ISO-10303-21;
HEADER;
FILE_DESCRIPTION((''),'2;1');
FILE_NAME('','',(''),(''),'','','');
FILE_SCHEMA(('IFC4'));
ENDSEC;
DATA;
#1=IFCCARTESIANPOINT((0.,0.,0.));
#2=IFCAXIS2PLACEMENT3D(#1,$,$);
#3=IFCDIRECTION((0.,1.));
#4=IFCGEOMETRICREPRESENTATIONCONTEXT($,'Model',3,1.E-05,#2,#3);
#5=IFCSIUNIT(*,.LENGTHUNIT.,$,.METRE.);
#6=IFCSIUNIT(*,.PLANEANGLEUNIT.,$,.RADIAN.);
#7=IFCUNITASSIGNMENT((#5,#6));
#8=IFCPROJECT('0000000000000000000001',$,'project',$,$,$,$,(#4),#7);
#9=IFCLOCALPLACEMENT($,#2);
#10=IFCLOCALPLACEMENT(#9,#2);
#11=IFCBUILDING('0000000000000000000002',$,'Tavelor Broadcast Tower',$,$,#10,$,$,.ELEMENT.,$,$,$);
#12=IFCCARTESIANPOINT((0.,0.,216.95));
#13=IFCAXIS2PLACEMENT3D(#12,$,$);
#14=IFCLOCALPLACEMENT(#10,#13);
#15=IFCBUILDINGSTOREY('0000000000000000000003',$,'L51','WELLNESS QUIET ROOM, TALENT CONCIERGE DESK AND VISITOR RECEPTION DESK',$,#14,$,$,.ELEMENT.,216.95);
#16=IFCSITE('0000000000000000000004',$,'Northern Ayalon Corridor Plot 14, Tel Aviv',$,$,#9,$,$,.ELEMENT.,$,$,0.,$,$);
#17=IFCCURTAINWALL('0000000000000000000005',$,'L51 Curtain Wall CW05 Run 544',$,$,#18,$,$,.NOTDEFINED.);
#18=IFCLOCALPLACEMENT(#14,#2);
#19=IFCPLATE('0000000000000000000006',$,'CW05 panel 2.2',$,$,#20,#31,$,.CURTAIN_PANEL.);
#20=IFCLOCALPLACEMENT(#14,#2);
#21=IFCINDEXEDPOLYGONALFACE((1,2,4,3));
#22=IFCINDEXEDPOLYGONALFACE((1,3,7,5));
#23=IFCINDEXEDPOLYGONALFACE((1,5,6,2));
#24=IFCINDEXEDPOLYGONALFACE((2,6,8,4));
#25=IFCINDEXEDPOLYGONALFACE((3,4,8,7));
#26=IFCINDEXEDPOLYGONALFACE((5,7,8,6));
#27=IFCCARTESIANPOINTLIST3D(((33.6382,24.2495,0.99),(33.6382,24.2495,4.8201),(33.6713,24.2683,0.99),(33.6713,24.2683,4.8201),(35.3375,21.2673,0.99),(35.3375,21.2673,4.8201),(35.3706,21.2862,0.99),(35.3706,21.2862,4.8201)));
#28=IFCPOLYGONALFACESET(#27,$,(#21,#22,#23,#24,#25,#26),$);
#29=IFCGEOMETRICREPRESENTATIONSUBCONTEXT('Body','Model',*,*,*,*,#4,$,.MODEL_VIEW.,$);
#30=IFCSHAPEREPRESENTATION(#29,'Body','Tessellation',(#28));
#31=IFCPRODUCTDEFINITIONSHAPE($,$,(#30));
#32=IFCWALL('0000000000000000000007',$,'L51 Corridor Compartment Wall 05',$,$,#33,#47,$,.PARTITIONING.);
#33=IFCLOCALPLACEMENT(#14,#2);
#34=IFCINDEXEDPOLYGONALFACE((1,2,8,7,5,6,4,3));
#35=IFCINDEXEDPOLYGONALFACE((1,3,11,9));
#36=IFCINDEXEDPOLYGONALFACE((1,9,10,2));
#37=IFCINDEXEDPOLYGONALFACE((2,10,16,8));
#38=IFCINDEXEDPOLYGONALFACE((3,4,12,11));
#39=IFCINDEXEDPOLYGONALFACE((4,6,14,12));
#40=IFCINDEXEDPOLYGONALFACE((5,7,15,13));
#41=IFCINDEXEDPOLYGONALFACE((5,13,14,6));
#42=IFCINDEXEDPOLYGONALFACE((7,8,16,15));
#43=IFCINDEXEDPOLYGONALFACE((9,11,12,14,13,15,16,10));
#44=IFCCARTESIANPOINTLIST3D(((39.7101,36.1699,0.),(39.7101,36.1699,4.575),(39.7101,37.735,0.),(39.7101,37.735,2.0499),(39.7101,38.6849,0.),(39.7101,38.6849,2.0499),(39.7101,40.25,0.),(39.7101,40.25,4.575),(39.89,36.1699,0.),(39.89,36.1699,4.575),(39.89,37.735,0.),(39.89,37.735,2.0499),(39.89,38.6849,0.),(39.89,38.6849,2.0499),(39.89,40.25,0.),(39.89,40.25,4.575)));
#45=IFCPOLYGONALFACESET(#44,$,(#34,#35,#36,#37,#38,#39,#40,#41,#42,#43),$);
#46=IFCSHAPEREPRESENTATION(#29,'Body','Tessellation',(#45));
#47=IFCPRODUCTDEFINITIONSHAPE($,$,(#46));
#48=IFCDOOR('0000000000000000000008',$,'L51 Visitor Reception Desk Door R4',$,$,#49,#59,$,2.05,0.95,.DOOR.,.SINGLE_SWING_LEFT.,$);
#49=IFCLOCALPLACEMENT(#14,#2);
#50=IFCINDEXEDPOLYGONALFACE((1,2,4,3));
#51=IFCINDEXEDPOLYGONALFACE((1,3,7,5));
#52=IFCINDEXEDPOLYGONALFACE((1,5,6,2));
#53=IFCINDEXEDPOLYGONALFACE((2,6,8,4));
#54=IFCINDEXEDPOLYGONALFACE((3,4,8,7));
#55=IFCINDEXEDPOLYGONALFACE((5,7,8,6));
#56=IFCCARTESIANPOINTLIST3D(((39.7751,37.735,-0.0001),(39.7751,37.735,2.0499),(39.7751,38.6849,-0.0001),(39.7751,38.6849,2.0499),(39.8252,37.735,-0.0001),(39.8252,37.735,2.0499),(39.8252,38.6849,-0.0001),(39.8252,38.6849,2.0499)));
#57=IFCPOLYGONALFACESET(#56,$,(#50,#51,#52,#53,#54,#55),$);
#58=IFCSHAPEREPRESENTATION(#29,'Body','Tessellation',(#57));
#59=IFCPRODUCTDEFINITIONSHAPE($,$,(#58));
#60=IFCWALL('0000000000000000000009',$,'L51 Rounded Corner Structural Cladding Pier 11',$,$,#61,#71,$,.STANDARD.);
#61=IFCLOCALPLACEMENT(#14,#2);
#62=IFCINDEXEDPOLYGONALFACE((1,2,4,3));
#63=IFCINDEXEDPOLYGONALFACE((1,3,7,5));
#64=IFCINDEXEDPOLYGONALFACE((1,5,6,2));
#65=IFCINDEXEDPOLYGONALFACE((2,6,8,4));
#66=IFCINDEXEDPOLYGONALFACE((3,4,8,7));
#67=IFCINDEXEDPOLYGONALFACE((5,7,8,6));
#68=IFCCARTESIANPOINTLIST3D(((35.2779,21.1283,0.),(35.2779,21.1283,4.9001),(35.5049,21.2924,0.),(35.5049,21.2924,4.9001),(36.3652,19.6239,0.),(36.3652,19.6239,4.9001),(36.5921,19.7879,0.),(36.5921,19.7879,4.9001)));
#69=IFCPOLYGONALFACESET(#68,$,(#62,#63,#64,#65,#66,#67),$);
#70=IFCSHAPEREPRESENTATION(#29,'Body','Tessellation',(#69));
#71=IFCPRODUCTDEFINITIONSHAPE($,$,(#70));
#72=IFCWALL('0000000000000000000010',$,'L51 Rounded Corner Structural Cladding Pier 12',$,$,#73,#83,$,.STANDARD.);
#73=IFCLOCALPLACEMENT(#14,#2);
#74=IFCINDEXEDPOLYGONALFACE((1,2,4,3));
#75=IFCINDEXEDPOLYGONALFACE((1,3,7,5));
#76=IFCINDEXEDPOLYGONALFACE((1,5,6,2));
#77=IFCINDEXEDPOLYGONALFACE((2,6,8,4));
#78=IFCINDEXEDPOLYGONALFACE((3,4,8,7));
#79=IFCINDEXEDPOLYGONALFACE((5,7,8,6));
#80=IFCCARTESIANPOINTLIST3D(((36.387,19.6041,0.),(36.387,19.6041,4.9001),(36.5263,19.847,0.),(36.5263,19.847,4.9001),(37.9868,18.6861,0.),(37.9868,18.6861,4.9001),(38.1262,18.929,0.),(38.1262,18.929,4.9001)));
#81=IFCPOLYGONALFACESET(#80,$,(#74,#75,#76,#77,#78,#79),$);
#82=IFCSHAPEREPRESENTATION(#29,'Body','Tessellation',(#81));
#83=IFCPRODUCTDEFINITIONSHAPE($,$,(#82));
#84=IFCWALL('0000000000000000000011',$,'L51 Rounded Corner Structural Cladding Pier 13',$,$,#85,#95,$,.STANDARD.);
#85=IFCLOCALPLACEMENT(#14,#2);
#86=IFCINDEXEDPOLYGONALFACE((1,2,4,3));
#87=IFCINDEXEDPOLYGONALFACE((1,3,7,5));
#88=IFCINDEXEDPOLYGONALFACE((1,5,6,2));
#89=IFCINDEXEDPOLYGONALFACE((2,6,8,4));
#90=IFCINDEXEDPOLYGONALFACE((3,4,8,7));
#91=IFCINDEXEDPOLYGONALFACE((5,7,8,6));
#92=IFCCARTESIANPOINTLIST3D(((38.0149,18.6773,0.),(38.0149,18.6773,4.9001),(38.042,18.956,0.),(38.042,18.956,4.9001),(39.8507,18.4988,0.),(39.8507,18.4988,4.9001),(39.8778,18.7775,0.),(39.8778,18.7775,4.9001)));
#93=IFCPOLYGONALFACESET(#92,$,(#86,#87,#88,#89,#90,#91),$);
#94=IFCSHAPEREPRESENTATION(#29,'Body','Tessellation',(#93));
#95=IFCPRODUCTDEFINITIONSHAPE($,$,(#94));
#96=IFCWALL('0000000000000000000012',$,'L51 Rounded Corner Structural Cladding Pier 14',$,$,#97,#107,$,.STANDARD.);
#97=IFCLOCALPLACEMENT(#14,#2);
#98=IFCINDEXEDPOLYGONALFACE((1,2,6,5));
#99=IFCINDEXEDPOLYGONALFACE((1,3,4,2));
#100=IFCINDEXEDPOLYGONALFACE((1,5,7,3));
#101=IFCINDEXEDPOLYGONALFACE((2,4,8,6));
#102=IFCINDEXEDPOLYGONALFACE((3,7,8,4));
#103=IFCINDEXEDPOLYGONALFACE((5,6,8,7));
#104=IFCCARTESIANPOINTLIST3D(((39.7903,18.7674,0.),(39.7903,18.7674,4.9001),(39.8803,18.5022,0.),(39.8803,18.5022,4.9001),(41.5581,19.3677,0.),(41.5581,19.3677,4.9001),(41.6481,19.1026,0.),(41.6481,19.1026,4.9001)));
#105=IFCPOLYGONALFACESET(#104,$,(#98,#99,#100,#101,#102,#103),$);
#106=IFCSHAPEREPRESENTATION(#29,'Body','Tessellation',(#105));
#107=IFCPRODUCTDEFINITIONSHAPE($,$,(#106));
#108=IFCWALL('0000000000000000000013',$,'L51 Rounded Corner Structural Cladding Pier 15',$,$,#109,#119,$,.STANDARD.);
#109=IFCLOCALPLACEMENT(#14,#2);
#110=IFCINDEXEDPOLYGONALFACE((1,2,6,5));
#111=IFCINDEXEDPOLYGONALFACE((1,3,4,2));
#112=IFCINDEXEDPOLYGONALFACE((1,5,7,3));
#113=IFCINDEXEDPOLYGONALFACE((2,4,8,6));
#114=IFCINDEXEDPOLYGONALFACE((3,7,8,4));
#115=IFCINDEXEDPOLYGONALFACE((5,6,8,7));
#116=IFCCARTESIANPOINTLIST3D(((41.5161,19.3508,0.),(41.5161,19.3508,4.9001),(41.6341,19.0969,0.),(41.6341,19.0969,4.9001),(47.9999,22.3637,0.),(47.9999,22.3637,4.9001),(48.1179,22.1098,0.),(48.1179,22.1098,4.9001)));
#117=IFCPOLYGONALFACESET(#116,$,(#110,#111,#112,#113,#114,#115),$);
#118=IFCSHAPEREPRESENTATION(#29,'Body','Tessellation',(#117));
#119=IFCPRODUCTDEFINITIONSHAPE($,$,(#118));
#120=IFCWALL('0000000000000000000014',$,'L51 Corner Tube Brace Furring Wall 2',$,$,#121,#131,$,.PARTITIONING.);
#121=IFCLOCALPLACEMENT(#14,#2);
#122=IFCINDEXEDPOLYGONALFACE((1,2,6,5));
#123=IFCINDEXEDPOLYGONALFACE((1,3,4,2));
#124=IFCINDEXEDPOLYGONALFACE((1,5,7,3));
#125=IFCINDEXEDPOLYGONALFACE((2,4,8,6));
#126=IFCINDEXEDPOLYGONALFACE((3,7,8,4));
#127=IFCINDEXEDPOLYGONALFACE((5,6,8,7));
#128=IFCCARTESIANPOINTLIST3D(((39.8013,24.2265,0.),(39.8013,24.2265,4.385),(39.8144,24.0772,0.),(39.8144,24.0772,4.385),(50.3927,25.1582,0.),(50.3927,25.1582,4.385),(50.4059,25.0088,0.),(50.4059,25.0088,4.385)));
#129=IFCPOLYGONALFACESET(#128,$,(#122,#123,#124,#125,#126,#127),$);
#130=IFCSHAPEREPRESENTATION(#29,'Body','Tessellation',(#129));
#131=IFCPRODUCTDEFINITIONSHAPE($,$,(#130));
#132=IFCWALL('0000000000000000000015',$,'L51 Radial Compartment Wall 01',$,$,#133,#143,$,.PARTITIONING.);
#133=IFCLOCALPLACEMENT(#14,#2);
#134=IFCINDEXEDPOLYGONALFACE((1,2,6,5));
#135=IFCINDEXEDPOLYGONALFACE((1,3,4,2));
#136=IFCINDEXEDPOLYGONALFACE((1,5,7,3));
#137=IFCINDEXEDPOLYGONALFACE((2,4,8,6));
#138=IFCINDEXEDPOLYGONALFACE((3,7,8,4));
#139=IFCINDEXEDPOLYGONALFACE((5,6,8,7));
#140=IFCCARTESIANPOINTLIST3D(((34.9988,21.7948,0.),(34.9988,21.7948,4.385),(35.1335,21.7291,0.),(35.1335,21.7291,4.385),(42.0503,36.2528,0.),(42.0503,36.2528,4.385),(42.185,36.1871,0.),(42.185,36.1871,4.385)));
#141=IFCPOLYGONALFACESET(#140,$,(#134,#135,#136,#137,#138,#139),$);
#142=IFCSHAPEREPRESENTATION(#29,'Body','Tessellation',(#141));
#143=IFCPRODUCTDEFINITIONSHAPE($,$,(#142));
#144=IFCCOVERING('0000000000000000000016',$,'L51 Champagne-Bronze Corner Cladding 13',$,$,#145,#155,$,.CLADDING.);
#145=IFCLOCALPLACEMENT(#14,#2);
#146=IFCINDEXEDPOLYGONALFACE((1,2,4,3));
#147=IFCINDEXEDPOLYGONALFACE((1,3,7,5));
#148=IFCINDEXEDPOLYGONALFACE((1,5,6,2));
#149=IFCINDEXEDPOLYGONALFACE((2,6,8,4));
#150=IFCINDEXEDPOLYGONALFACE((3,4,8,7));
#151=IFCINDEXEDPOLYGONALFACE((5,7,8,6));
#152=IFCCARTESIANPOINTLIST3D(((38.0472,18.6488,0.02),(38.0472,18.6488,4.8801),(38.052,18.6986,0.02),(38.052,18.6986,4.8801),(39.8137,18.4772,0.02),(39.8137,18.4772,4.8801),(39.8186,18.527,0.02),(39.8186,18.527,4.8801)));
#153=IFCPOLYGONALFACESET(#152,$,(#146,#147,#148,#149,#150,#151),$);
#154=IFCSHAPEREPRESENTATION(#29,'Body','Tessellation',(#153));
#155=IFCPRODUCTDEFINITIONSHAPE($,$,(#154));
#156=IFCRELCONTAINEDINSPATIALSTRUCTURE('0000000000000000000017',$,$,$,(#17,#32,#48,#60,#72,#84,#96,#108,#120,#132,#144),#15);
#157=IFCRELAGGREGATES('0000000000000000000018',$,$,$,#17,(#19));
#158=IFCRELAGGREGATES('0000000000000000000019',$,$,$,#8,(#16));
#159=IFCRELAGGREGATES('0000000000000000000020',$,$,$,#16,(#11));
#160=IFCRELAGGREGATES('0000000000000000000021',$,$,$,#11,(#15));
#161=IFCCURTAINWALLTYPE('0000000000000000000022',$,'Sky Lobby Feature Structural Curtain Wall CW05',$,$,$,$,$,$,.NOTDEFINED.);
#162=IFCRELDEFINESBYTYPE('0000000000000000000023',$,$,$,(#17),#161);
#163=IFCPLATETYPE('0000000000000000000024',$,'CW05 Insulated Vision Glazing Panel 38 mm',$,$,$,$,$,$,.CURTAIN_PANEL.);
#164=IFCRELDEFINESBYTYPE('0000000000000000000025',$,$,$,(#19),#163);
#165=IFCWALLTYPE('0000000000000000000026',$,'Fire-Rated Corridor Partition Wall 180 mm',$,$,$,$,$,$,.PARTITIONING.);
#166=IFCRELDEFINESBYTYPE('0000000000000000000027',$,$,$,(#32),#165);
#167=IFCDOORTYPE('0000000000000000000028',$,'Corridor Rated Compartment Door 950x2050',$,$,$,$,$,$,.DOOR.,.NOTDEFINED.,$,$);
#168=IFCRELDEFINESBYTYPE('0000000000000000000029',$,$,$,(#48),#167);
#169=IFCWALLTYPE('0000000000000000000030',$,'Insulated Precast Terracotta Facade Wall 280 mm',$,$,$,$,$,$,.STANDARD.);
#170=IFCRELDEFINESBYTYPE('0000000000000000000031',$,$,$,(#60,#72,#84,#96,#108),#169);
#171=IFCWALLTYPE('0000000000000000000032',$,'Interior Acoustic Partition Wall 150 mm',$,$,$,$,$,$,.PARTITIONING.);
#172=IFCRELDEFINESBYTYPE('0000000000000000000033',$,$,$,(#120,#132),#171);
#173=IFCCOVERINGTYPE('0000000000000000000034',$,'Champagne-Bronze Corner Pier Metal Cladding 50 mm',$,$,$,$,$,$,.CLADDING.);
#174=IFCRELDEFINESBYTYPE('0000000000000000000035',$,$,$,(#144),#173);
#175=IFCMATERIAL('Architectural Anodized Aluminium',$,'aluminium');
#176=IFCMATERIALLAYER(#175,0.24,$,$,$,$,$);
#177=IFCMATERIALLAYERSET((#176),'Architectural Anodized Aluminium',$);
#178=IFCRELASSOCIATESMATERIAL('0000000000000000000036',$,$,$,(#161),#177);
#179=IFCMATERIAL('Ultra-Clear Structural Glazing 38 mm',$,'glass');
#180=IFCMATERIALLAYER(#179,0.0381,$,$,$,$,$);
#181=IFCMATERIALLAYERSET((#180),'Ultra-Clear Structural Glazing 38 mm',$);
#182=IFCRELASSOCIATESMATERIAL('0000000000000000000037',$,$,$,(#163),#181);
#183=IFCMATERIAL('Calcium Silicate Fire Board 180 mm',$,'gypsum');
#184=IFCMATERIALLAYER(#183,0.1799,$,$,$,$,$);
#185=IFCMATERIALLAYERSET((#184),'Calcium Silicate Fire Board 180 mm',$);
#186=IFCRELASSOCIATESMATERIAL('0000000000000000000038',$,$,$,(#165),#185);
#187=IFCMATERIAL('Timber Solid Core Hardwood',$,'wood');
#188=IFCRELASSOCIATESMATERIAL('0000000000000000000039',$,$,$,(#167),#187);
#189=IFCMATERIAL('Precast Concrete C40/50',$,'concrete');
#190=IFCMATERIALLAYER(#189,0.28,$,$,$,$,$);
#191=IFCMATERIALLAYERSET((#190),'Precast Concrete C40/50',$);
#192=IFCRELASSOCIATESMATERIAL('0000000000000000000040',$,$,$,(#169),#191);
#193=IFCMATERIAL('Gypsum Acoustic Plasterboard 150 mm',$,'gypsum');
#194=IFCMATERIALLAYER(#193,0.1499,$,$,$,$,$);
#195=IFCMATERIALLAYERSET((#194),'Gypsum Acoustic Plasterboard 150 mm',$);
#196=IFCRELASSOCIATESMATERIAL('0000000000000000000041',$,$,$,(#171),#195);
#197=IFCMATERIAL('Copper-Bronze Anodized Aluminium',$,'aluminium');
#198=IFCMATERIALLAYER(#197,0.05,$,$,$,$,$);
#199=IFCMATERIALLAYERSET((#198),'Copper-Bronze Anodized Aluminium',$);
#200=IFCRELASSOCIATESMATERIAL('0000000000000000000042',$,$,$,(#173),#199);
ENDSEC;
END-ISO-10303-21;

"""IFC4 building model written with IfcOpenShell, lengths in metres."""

from ifc_helpers import new_model, si_unit, direction, frame, frame_2d, origin, origin_2d, place, context, subcontext, project, spatial, rectangle, extrude, source, transform, mapped, material, layer, layer_set, type_object, element, fill, aggregate, save


model = new_model("IFC4")

# Units and contexts
model_context = context("Model", 3, precision=1e-05, world=origin(), true_north=direction((0.0, 1.0)))
body_context = subcontext(model_context, "Body", "Model", "MODEL_VIEW")
ifc_project = project(units=[si_unit("LENGTHUNIT", "METRE"), si_unit("PLANEANGLEUNIT", "RADIAN")], contexts=[model_context])

# Site, building, storey
site_placement = place(None, origin())
site = spatial("IfcSite", under=ifc_project, at=site_placement, Name="Northern Ayalon Corridor Plot 14, Tel Aviv", CompositionType="ELEMENT", RefElevation=0.0)
building_placement = place(site_placement, origin())
building = spatial("IfcBuilding", under=site, at=building_placement, Name="Tavelor Broadcast Tower", CompositionType="ELEMENT")
storey_placement = place(building_placement, frame((0.0, 0.0, 216.95)))
storey = spatial("IfcBuildingStorey", under=building, at=storey_placement, Name="L51", Description="WELLNESS QUIET ROOM, TALENT CONCIERGE DESK AND VISITOR RECEPTION DESK", CompositionType="ELEMENT", Elevation=216.95)

# Curtain wall
ifc_material_1 = material(Name="Architectural Anodized Aluminium", Category="aluminium")
ifc_layer_1 = layer(ifc_material_1, 0.24)
ifc_layer_set_1 = layer_set([ifc_layer_1], Name="Architectural Anodized Aluminium")
curtain_wall_type = type_object("IfcCurtainWallType", Name="Sky Lobby Feature Structural Curtain Wall CW05", PredefinedType="NOTDEFINED", material=ifc_layer_set_1)
curtain_wall_placement = place(storey_placement, origin())
curtain_wall = element("IfcCurtainWall", 1, at=curtain_wall_placement, inside=storey, type_object=curtain_wall_type, Name="L51 Curtain Wall CW05 Run 544", PredefinedType="NOTDEFINED")

# Plate
ifc_material_2 = material(Name="Ultra-Clear Structural Glazing 38 mm", Category="glass")
ifc_layer_2 = layer(ifc_material_2, 0.0381)
ifc_layer_set_2 = layer_set([ifc_layer_2], Name="Ultra-Clear Structural Glazing 38 mm")
plate_type_1 = type_object("IfcPlateType", Name="CW05 Insulated Vision Glazing Panel 38 mm", PredefinedType="CURTAIN_PANEL", material=ifc_layer_set_2)
shared_shape_1 = source(origin(), body_context, "Body", "SweptSolid", [
    extrude(rectangle(XDim=3.4324, YDim=0.0381, at=origin_2d()), origin(), (0.0, 0.0, 1.0), 3.8301),
])
plate_1_placement = place(storey_placement, frame((34.5044, 22.7678, 0.99), z_axis=(0.0, 0.0, 1.0), x_axis=(0.495102, -0.868835, 0.0)))
plate_1 = element("IfcPlate", 2, at=plate_1_placement, type_object=plate_type_1, Name="CW05 panel 2.2", PredefinedType="CURTAIN_PANEL", context=body_context, shape_type="MappedRepresentation", body=[
    mapped(shared_shape_1, transform((0.0, 0.0, 0.0), scale=1.0)),
])
aggregate(curtain_wall, [plate_1])

# Wall, opening, door
ifc_material_3 = material(Name="Calcium Silicate Fire Board 180 mm", Category="gypsum")
ifc_layer_3 = layer(ifc_material_3, 0.1799)
ifc_layer_set_3 = layer_set([ifc_layer_3], Name="Calcium Silicate Fire Board 180 mm")
wall_type_1 = type_object("IfcWallType", Name="Fire-Rated Corridor Partition Wall 180 mm", PredefinedType="PARTITIONING", material=ifc_layer_set_3)
wall_1_placement = place(storey_placement, frame((39.8, 36.1699, 0.0), z_axis=(0.0, 0.0, 1.0), x_axis=(0.0, 1.0, 0.0)))
wall_1 = element("IfcWall", 3, at=wall_1_placement, inside=storey, type_object=wall_type_1, Name="L51 Corridor Compartment Wall 05", PredefinedType="PARTITIONING", context=body_context, shape_type="SweptSolid", body=[
    extrude(rectangle(XDim=4.0801, YDim=0.1799, at=frame_2d((2.04, 0.0))), origin(), (0.0, 0.0, 1.0), 4.575),
])
opening_placement = place(wall_1_placement, frame((1.5649, 0.0, 0.0)))
opening = element("IfcOpeningElement", 4, at=opening_placement, cuts=wall_1, PredefinedType="OPENING", context=body_context, shape_type="SweptSolid", body=[
    extrude(rectangle(XDim=0.95, YDim=2.05, at=frame_2d((0.4751, 1.0249))), frame((0.0, 0.1001, 0.0), z_axis=(0.0, -1.0, 0.0), x_axis=(1.0, 0.0, 0.0)), (0.0, 0.0, 1.0), 0.2),
])
ifc_material_4 = material(Name="Timber Solid Core Hardwood", Category="wood")
door_type = type_object("IfcDoorType", Name="Corridor Rated Compartment Door 950x2050", OperationType="NOTDEFINED", PredefinedType="DOOR", material=ifc_material_4)
door_placement = place(opening_placement, origin())
door = element("IfcDoor", 5, at=door_placement, inside=storey, type_object=door_type, Name="L51 Visitor Reception Desk Door R4", OperationType="SINGLE_SWING_LEFT", OverallHeight=2.05, OverallWidth=0.95, PredefinedType="DOOR", context=body_context, shape_type="SweptSolid", body=[
    extrude(rectangle(XDim=0.95, YDim=2.05, at=frame_2d((0.4751, 1.0249))), frame((0.0, 0.0249, 0.0), z_axis=(0.0, -1.0, 0.0), x_axis=(1.0, 0.0, 0.0)), (0.0, 0.0, 1.0), 0.05),
])
fill(opening, door)

# Walls
ifc_material_5 = material(Name="Precast Concrete C40/50", Category="concrete")
ifc_layer_4 = layer(ifc_material_5, 0.28)
ifc_layer_set_4 = layer_set([ifc_layer_4], Name="Precast Concrete C40/50")
wall_type_2 = type_object("IfcWallType", Name="Insulated Precast Terracotta Facade Wall 280 mm", PredefinedType="STANDARD", material=ifc_layer_set_4)
wall_2_placement = place(storey_placement, frame((35.3914, 21.2104, 0.0), z_axis=(0.0, 0.0, 1.0), x_axis=(0.585721, -0.810513, 0.0)))
element("IfcWall", 6, at=wall_2_placement, inside=storey, type_object=wall_type_2, Name="L51 Rounded Corner Structural Cladding Pier 11", PredefinedType="STANDARD", context=body_context, shape_type="SweptSolid", body=[
    extrude(rectangle(XDim=1.8562, YDim=0.28, at=frame_2d((0.9282, 0.0))), origin(), (0.0, 0.0, 1.0), 4.9001),
])
for number, where, z_axis, x_axis, name in (
    (7, (36.4565, 19.7256, 0.0), (0.0, 0.0, 1.0), (0.867362, -0.497678, 0.0), "L51 Rounded Corner Structural Cladding Pier 12"),
    (8, (38.0283, 18.8167, 0.0), (0.0, 0.0, 1.0), (0.995309, -0.096751, 0.0), "L51 Rounded Corner Structural Cladding Pier 13"),
):
    element("IfcWall", number, at=place(storey_placement, frame(where, z_axis=z_axis, x_axis=x_axis)), inside=storey, type_object=wall_type_2, Name=name, PredefinedType="STANDARD", context=body_context, shape_type="SweptSolid", body=[
        extrude(rectangle(XDim=1.8445, YDim=0.28, at=frame_2d((0.9224, 0.0))), origin(), (0.0, 0.0, 1.0), 4.9001),
    ])
wall_3_placement = place(storey_placement, frame((39.8352, 18.6348, 0.0), z_axis=(0.0, 0.0, 1.0), x_axis=(0.94689, 0.321558, 0.0)))
element("IfcWall", 9, at=wall_3_placement, inside=storey, type_object=wall_type_2, Name="L51 Rounded Corner Structural Cladding Pier 14", PredefinedType="STANDARD", context=body_context, shape_type="SweptSolid", body=[
    extrude(rectangle(XDim=1.8669, YDim=0.28, at=frame_2d((0.9336, 0.0))), origin(), (0.0, 0.0, 1.0), 4.9001),
])
wall_4_placement = place(storey_placement, frame((41.5752, 19.2239, 0.0), z_axis=(0.0, 0.0, 1.0), x_axis=(0.906872, 0.421406, 0.0)))
element("IfcWall", 10, at=wall_4_placement, inside=storey, type_object=wall_type_2, Name="L51 Rounded Corner Structural Cladding Pier 15", PredefinedType="STANDARD", context=body_context, shape_type="SweptSolid", body=[
    extrude(rectangle(XDim=7.1497, YDim=0.28, at=frame_2d((3.5747, 0.0))), origin(), (0.0, 0.0, 1.0), 4.9001),
])
ifc_material_6 = material(Name="Gypsum Acoustic Plasterboard 150 mm", Category="gypsum")
ifc_layer_5 = layer(ifc_material_6, 0.1499)
ifc_layer_set_5 = layer_set([ifc_layer_5], Name="Gypsum Acoustic Plasterboard 150 mm")
wall_type_3 = type_object("IfcWallType", Name="Interior Acoustic Partition Wall 150 mm", PredefinedType="PARTITIONING", material=ifc_layer_set_5)
wall_5_placement = place(storey_placement, frame((39.8079, 24.1519, 0.0), z_axis=(0.0, 0.0, 1.0), x_axis=(0.996154, 0.087624, 0.0)))
element("IfcWall", 11, at=wall_5_placement, inside=storey, type_object=wall_type_3, Name="L51 Corner Tube Brace Furring Wall 2", PredefinedType="PARTITIONING", context=body_context, shape_type="SweptSolid", body=[
    extrude(rectangle(XDim=10.6323, YDim=0.1499, at=frame_2d((5.3162, 0.0))), origin(), (0.0, 0.0, 1.0), 4.385),
])
wall_6_placement = place(storey_placement, frame((42.1177, 36.22, 0.0), z_axis=(0.0, 0.0, 1.0), x_axis=(-0.438365, -0.898797, 0.0)))
element("IfcWall", 12, at=wall_6_placement, inside=storey, type_object=wall_type_3, Name="L51 Radial Compartment Wall 01", PredefinedType="PARTITIONING", context=body_context, shape_type="SweptSolid", body=[
    extrude(rectangle(XDim=16.0859, YDim=0.1499, at=frame_2d((8.043, 0.0))), origin(), (0.0, 0.0, 1.0), 4.385),
])

# Covering
ifc_material_7 = material(Name="Copper-Bronze Anodized Aluminium", Category="aluminium")
ifc_layer_6 = layer(ifc_material_7, 0.05)
ifc_layer_set_6 = layer_set([ifc_layer_6], Name="Copper-Bronze Anodized Aluminium")
covering_type = type_object("IfcCoveringType", Name="Champagne-Bronze Corner Pier Metal Cladding 50 mm", PredefinedType="CLADDING", material=ifc_layer_set_6)
covering_placement = place(storey_placement, frame((38.9329, 18.5879, 0.02), z_axis=(0.0, 0.0, 1.0), x_axis=(0.995312, -0.096714, 0.0)))
element("IfcCovering", 13, at=covering_placement, inside=storey, type_object=covering_type, Name="L51 Champagne-Bronze Corner Cladding 13", PredefinedType="CLADDING", context=body_context, shape_type="SweptSolid", body=[
    extrude(rectangle(XDim=1.7749, YDim=0.05, at=origin_2d()), origin(), (0.0, 0.0, 1.0), 4.8601),
])

save(model, "model.ifc")
